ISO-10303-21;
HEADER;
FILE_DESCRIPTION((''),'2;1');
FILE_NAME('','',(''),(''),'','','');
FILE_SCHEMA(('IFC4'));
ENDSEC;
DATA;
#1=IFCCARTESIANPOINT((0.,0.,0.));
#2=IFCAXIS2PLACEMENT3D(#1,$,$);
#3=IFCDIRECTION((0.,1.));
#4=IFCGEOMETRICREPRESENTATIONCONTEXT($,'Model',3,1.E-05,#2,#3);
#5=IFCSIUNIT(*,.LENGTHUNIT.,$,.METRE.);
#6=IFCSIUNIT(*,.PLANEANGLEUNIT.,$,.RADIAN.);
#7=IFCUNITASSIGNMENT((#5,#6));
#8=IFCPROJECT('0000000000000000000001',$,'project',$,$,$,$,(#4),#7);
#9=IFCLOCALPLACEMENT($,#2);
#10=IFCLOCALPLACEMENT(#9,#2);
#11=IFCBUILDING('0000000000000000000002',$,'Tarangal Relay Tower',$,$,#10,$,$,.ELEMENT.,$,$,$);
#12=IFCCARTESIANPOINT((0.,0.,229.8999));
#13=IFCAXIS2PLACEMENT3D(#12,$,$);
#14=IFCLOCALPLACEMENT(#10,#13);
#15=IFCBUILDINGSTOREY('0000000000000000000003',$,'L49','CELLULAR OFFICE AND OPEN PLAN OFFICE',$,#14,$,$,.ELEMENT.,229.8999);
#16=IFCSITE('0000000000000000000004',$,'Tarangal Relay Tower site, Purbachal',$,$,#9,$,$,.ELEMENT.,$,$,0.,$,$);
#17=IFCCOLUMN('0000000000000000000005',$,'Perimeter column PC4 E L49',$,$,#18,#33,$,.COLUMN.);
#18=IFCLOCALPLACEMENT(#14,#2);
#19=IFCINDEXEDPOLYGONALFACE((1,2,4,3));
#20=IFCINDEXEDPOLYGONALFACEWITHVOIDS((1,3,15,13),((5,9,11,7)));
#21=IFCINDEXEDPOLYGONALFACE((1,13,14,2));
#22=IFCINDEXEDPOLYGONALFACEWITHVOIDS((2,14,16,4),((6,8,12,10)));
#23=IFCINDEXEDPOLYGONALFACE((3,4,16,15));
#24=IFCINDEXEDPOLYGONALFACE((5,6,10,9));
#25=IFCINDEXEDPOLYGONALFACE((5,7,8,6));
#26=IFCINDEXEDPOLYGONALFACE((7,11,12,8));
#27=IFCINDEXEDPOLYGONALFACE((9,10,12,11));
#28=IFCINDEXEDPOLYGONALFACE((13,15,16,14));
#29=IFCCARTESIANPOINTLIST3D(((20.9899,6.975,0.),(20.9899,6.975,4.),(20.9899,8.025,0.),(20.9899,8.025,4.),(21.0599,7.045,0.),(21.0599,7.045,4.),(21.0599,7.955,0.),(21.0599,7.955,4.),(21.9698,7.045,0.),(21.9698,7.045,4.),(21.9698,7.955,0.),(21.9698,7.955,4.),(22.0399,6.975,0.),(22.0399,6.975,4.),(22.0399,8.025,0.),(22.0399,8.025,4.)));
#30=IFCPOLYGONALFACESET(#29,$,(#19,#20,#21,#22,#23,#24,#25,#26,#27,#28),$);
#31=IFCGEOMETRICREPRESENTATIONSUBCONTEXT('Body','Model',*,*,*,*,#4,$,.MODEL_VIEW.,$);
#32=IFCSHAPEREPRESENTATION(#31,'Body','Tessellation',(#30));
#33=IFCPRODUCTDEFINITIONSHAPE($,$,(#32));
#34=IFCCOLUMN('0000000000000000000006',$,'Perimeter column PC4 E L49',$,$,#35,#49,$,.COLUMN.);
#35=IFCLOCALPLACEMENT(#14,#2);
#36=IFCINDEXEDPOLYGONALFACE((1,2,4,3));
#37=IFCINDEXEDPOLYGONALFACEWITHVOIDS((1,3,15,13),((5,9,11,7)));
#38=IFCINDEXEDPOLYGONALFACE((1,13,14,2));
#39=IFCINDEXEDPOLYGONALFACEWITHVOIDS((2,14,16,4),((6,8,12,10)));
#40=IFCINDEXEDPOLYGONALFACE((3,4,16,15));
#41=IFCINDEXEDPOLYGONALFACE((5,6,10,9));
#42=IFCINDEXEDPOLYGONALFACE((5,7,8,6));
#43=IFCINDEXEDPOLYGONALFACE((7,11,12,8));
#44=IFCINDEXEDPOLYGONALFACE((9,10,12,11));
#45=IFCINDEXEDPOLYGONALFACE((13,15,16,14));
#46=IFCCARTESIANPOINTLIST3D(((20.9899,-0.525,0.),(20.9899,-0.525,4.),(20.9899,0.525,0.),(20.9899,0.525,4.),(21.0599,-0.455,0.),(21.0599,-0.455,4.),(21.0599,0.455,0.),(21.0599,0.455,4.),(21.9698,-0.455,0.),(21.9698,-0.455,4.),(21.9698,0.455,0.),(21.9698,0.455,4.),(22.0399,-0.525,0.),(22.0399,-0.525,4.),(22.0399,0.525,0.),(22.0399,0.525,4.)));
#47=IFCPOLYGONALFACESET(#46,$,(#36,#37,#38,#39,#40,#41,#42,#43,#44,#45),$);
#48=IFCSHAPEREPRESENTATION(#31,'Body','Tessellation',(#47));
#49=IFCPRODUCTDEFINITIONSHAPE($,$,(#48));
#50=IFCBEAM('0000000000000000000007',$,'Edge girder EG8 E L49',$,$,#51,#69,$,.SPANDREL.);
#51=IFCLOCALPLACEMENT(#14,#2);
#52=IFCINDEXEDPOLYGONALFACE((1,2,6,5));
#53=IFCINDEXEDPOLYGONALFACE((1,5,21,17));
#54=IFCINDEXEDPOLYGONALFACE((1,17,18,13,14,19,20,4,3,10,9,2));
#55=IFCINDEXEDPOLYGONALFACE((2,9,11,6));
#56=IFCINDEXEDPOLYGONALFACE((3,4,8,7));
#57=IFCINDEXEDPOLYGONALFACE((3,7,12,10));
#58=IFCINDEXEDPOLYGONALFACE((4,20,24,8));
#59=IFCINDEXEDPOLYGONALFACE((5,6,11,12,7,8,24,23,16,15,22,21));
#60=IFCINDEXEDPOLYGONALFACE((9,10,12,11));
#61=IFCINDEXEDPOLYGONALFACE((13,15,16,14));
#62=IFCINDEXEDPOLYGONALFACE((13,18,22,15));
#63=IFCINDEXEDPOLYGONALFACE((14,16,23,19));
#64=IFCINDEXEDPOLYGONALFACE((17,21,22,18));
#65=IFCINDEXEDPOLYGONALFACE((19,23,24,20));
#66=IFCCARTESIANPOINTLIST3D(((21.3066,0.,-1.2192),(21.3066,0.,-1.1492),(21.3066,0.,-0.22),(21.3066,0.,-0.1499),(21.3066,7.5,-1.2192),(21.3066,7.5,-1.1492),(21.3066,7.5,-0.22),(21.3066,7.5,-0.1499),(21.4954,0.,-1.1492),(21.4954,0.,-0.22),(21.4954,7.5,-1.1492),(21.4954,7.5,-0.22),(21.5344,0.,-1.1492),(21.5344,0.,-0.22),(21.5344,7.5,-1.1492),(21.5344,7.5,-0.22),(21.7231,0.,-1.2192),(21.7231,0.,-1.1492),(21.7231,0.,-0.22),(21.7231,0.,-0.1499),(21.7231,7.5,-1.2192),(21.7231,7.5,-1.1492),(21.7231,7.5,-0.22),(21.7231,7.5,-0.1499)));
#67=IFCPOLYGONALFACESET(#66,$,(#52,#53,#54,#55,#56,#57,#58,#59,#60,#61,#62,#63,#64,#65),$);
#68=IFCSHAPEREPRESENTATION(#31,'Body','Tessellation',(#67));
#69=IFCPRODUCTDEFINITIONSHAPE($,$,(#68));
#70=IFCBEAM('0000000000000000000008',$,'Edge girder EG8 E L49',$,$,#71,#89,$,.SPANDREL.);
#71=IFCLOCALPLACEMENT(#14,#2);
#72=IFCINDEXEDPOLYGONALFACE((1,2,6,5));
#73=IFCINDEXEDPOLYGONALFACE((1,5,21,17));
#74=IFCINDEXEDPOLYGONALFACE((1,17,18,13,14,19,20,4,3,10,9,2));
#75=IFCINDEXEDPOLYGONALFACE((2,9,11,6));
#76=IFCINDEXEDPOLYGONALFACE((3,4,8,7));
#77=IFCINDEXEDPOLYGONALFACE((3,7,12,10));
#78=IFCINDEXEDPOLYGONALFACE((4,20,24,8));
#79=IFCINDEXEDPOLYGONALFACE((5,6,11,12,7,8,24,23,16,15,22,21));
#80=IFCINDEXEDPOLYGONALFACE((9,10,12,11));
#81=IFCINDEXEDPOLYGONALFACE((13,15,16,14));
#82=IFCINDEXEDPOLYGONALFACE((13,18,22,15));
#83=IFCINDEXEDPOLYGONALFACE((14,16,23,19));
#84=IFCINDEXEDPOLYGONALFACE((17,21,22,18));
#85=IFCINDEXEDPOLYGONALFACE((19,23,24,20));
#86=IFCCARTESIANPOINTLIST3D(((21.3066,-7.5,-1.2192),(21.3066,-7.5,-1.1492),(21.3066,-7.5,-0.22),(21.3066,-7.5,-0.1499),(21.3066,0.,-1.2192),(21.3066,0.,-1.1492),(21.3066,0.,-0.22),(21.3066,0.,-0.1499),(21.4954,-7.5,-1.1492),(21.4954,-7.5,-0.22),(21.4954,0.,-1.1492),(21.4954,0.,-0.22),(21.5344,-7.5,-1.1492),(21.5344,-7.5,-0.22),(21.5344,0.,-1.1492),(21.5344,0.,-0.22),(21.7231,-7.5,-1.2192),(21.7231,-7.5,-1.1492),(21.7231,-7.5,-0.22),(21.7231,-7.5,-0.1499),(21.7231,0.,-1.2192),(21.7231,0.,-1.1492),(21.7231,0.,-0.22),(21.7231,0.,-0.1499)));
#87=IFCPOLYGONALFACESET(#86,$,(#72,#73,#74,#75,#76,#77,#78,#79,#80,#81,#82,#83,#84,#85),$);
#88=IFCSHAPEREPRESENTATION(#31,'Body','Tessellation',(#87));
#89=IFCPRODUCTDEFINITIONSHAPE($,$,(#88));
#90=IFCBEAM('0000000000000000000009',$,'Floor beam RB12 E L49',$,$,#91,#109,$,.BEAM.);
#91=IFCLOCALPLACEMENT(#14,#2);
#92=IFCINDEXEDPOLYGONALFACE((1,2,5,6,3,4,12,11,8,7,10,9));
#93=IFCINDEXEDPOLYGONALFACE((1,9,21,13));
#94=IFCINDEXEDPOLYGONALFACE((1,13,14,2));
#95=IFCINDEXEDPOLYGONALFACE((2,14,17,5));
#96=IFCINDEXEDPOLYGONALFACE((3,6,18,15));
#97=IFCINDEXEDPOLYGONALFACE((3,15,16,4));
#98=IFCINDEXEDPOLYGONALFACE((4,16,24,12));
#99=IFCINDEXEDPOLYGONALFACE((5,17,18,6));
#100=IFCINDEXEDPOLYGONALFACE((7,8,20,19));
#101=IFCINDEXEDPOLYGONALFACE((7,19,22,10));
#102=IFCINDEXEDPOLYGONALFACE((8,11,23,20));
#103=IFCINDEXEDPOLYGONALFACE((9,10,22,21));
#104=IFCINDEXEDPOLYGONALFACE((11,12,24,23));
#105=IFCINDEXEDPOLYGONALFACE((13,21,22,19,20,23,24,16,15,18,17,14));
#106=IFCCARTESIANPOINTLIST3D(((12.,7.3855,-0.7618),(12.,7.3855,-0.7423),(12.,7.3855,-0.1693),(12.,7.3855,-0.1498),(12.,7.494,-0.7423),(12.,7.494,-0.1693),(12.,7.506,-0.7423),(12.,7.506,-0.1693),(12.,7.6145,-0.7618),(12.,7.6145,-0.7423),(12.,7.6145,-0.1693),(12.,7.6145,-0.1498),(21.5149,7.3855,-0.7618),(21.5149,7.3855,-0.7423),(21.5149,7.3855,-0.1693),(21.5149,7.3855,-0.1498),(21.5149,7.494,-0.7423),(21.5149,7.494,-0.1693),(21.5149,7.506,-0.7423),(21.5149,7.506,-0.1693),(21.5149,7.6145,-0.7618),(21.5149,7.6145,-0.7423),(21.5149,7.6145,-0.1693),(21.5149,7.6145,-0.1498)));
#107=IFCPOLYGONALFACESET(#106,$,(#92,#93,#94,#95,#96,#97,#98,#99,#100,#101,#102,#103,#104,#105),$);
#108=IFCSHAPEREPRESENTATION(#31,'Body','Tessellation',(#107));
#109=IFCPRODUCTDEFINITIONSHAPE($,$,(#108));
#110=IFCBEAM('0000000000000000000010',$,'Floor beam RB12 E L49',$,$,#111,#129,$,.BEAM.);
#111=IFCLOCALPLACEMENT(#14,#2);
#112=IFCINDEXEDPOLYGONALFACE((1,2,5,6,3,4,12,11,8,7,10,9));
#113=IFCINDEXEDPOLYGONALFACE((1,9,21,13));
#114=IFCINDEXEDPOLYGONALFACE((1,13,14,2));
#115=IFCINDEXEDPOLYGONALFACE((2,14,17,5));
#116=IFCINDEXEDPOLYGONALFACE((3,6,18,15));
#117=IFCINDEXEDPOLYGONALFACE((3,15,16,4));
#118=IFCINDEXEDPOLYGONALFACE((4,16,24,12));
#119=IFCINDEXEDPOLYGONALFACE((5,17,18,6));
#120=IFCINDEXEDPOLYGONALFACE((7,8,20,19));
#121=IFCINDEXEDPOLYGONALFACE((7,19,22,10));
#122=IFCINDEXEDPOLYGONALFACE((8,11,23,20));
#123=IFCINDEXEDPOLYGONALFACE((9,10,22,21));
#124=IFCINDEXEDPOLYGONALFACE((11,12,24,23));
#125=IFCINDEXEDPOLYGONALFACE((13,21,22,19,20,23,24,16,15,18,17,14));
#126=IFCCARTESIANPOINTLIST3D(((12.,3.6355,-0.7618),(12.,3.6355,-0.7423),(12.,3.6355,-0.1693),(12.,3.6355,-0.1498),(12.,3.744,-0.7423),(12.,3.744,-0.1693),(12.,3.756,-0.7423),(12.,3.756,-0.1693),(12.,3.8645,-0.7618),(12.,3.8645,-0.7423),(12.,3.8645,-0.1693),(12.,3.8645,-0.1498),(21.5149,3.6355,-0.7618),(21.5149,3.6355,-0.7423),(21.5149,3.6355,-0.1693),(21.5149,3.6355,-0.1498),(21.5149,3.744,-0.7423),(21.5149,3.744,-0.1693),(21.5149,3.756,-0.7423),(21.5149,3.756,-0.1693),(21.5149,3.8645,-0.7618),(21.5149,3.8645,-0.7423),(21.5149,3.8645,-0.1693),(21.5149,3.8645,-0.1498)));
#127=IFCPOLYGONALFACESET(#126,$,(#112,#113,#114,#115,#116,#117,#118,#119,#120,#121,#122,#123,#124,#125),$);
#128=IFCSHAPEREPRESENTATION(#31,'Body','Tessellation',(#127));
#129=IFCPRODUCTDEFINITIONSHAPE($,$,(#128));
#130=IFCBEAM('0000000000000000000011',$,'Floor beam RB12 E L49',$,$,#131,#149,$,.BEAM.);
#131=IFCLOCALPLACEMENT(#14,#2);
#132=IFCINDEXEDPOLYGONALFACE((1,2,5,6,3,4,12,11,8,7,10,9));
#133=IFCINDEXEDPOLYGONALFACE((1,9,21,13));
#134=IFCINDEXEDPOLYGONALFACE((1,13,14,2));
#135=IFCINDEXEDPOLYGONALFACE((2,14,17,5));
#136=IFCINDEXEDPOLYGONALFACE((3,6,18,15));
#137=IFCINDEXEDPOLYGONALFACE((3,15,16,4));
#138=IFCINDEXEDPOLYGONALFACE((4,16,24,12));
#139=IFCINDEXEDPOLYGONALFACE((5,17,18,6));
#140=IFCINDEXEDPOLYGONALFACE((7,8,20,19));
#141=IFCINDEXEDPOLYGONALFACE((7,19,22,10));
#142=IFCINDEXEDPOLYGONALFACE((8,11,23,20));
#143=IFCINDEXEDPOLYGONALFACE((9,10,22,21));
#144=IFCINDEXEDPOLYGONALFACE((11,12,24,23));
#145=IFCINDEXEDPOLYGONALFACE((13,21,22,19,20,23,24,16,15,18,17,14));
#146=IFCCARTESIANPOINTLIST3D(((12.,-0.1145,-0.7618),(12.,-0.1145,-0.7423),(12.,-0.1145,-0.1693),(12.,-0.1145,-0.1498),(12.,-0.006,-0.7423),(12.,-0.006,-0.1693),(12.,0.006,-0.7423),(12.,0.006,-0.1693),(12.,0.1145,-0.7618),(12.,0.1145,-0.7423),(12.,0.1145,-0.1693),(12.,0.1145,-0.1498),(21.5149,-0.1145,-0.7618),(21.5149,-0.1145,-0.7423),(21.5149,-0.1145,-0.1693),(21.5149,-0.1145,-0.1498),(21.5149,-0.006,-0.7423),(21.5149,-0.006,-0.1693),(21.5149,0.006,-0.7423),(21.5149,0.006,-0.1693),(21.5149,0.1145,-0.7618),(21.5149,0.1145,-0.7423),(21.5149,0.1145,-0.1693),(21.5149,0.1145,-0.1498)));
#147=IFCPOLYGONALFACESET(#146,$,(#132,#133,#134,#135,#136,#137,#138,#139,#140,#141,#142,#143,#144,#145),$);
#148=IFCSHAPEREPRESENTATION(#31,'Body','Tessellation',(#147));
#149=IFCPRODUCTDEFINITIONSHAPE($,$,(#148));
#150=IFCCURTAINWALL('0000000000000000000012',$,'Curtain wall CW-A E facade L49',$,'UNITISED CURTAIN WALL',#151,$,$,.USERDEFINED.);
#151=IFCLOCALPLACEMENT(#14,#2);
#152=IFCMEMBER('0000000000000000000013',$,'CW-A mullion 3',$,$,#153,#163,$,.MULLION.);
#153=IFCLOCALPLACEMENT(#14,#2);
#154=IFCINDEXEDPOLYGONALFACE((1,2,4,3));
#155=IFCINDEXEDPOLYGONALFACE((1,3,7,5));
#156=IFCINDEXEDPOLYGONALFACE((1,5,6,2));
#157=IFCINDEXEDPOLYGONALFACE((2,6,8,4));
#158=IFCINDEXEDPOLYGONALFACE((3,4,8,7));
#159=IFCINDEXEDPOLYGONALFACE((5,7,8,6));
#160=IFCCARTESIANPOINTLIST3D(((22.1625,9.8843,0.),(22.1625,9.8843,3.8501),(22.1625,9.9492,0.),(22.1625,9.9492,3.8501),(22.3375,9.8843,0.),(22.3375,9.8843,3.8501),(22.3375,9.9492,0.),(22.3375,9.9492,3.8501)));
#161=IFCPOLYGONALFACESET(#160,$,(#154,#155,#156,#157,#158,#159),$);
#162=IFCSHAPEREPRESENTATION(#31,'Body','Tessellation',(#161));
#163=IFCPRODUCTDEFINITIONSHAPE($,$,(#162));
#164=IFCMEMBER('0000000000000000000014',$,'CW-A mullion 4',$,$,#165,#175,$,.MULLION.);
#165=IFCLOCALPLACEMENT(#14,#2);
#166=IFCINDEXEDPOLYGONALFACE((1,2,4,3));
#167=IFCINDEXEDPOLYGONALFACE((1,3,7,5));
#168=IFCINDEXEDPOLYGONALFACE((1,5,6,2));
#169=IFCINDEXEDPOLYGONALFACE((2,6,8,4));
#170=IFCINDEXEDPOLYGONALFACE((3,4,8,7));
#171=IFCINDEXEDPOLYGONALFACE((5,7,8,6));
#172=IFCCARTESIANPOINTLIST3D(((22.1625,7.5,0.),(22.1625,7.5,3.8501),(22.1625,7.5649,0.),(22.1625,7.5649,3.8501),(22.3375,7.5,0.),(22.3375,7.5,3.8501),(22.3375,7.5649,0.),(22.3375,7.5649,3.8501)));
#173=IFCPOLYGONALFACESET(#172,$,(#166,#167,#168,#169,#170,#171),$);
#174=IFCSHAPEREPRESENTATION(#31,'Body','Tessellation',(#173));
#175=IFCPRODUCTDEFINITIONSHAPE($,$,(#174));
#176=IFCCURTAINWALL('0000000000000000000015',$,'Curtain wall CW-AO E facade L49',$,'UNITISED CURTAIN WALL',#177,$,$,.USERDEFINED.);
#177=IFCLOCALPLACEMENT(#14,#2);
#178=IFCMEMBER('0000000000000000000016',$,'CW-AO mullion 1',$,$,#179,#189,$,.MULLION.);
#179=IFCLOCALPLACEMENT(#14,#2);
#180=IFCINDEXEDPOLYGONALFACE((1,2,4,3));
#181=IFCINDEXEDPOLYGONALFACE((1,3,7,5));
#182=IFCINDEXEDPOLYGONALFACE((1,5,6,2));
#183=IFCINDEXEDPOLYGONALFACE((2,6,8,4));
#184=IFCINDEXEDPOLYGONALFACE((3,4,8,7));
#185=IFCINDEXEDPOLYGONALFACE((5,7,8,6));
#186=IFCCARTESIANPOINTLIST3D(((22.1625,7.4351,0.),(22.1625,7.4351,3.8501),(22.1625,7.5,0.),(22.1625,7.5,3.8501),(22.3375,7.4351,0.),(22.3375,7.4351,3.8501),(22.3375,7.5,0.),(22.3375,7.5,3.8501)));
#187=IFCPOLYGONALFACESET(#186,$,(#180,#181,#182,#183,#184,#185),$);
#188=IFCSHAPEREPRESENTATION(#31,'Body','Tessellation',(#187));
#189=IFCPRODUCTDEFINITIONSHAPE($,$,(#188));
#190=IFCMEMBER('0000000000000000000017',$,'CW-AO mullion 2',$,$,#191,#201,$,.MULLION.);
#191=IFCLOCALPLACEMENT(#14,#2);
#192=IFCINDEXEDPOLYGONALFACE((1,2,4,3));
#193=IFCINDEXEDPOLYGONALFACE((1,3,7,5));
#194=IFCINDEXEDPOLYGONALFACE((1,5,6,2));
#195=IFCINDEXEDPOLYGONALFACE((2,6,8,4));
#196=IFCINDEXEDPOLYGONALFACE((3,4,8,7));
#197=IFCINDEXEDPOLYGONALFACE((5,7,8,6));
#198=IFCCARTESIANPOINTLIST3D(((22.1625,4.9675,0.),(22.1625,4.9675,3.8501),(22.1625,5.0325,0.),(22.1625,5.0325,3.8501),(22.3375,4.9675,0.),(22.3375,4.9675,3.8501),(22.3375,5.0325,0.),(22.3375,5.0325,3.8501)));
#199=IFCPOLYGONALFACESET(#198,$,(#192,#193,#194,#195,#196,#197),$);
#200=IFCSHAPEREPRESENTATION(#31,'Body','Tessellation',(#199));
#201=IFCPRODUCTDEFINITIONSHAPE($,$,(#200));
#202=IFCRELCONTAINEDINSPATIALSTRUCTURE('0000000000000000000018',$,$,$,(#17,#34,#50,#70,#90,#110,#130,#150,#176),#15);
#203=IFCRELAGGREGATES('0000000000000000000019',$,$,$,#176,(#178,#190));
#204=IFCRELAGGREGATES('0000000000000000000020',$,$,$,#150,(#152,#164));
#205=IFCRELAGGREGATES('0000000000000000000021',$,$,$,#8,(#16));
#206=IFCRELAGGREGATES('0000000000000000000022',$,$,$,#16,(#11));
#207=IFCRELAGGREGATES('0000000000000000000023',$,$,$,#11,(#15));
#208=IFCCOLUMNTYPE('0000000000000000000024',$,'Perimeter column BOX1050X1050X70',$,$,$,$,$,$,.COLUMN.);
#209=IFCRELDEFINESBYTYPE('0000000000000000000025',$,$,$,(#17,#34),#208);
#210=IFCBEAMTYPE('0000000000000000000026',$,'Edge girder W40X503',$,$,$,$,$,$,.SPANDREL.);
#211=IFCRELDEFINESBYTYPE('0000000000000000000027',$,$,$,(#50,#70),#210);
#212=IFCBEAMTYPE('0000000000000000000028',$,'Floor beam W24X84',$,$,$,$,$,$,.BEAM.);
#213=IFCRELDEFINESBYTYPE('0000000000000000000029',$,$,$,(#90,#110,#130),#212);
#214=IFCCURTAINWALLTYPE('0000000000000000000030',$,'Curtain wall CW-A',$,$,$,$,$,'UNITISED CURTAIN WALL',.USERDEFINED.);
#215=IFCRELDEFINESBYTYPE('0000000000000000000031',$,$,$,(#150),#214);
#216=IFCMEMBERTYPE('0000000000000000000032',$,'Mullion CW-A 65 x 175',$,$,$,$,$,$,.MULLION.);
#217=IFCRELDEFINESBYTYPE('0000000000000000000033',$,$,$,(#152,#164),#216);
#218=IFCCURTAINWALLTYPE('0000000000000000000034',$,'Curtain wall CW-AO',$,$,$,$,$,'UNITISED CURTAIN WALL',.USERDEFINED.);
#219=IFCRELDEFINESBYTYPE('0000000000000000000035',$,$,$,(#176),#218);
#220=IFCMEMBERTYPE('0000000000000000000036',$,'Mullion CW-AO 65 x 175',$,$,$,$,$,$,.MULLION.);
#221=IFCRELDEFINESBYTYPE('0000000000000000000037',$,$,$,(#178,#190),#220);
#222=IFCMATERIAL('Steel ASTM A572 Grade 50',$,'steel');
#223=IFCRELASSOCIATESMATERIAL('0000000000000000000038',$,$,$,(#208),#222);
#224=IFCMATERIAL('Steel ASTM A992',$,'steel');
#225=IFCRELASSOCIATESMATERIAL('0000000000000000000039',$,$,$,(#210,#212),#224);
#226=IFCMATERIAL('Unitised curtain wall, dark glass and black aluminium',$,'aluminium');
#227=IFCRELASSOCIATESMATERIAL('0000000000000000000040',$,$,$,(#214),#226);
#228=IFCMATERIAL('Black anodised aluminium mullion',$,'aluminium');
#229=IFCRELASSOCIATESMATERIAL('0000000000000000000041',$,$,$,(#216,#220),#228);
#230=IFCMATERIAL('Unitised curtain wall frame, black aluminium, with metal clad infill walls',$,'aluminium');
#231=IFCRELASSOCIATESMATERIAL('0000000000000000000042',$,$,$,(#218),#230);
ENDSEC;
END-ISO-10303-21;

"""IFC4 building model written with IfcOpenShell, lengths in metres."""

from ifc_helpers import new_model, si_unit, direction, frame, origin, origin_2d, place, context, subcontext, project, spatial, rectangle, hollow_rectangle, i_section, extrude, material, material_profile, profile_set, type_object, element, aggregate, save


model = new_model("IFC4")

# Units and contexts
model_context = context("Model", 3, precision=1e-05, world=origin(), true_north=direction((0.0, 1.0)))
body_context = subcontext(model_context, "Body", "Model", "MODEL_VIEW")
ifc_project = project(units=[si_unit("LENGTHUNIT", "METRE"), si_unit("PLANEANGLEUNIT", "RADIAN")], contexts=[model_context])

# Site, building, storey
site_placement = place(None, origin())
site = spatial("IfcSite", under=ifc_project, at=site_placement, Name="Tarangal Relay Tower site, Purbachal", CompositionType="ELEMENT", RefElevation=0.0)
building_placement = place(site_placement, origin())
building = spatial("IfcBuilding", under=site, at=building_placement, Name="Tarangal Relay Tower", CompositionType="ELEMENT")
storey_placement = place(building_placement, frame((0.0, 0.0, 229.8999)))
storey = spatial("IfcBuildingStorey", under=building, at=storey_placement, Name="L49", Description="CELLULAR OFFICE AND OPEN PLAN OFFICE", CompositionType="ELEMENT", Elevation=229.8999)

# Columns
ifc_material_1 = material(Name="Steel ASTM A572 Grade 50", Category="steel")
ifc_material_profile_1 = material_profile(ifc_material_1, hollow_rectangle(XDim=1.05, YDim=1.05, WallThickness=0.0701, at=origin_2d()), Name="BOX1050X1050X70")
ifc_profile_set_1 = profile_set([ifc_material_profile_1], Name="Steel ASTM A572 Grade 50")
column_type = type_object("IfcColumnType", Name="Perimeter column BOX1050X1050X70", PredefinedType="COLUMN", material=ifc_profile_set_1)
for number, where, z_axis, x_axis, name in (
    (1, (21.5149, 7.5, 0.0), (0.0, 0.0, 1.0), (1.0, 0.0, 0.0), "Perimeter column PC4 E L49"),
    (2, (21.5149, 0.0, 0.0), (0.0, 0.0, 1.0), (1.0, 0.0, 0.0), "Perimeter column PC4 E L49"),
):
    element("IfcColumn", number, at=place(storey_placement, frame(where, z_axis=z_axis, x_axis=x_axis)), inside=storey, type_object=column_type, Name=name, PredefinedType="COLUMN", context=body_context, shape_type="SweptSolid", body=[
        extrude(hollow_rectangle(XDim=1.05, YDim=1.05, WallThickness=0.0701, at=origin_2d()), origin(), (0.0, 0.0, 1.0), 4.0),
    ])

# Beams
ifc_material_2 = material(Name="Steel ASTM A992", Category="steel")
ifc_material_profile_2 = material_profile(ifc_material_2, i_section(OverallWidth=0.4165, OverallDepth=1.0693, WebThickness=0.0391, FlangeThickness=0.0701, at=origin_2d()), Name="W40X503")
ifc_profile_set_2 = profile_set([ifc_material_profile_2], Name="Steel ASTM A992")
beam_type_1 = type_object("IfcBeamType", Name="Edge girder W40X503", PredefinedType="SPANDREL", material=ifc_profile_set_2)
for number, where, z_axis, x_axis, name in (
    (3, (21.5149, 7.5, -0.6846), (0.0, -1.0, 0.0), (1.0, 0.0, 0.0), "Edge girder EG8 E L49"),
    (4, (21.5149, 0.0, -0.6846), (0.0, -1.0, 0.0), (1.0, 0.0, 0.0), "Edge girder EG8 E L49"),
):
    element("IfcBeam", number, at=place(storey_placement, frame(where, z_axis=z_axis, x_axis=x_axis)), inside=storey, type_object=beam_type_1, Name=name, PredefinedType="SPANDREL", context=body_context, shape_type="SweptSolid", body=[
        extrude(i_section(OverallWidth=0.4165, OverallDepth=1.0693, WebThickness=0.0391, FlangeThickness=0.0701, at=origin_2d()), origin(), (0.0, 0.0, 1.0), 7.5),
    ])
ifc_material_profile_3 = material_profile(ifc_material_2, i_section(OverallWidth=0.229, OverallDepth=0.6121, WebThickness=0.012, FlangeThickness=0.0195, at=origin_2d()), Name="W24X84")
ifc_profile_set_3 = profile_set([ifc_material_profile_3], Name="Steel ASTM A992")
beam_type_2 = type_object("IfcBeamType", Name="Floor beam W24X84", PredefinedType="BEAM", material=ifc_profile_set_3)
for number, where, z_axis, x_axis, name in (
    (5, (12.0, 7.5, -0.4558), (1.0, 0.0, 0.0), (0.0, 1.0, 0.0), "Floor beam RB12 E L49"),
    (6, (12.0, 3.75, -0.4558), (1.0, 0.0, 0.0), (0.0, 1.0, 0.0), "Floor beam RB12 E L49"),
    (7, (12.0, 0.0, -0.4558), (1.0, 0.0, 0.0), (0.0, 1.0, 0.0), "Floor beam RB12 E L49"),
):
    element("IfcBeam", number, at=place(storey_placement, frame(where, z_axis=z_axis, x_axis=x_axis)), inside=storey, type_object=beam_type_2, Name=name, PredefinedType="BEAM", context=body_context, shape_type="SweptSolid", body=[
        extrude(i_section(OverallWidth=0.229, OverallDepth=0.6121, WebThickness=0.012, FlangeThickness=0.0195, at=origin_2d()), origin(), (0.0, 0.0, 1.0), 9.5149),
    ])

# Curtain walls, members
ifc_material_3 = material(Name="Unitised curtain wall, dark glass and black aluminium", Category="aluminium")
curtain_wall_type_1 = type_object("IfcCurtainWallType", Name="Curtain wall CW-A", ElementType="UNITISED CURTAIN WALL", PredefinedType="USERDEFINED", material=ifc_material_3)
curtain_wall_1_placement = place(storey_placement, origin())
curtain_wall_1 = element("IfcCurtainWall", 8, at=curtain_wall_1_placement, inside=storey, type_object=curtain_wall_type_1, Name="Curtain wall CW-A E facade L49", ObjectType="UNITISED CURTAIN WALL", PredefinedType="USERDEFINED")
ifc_material_4 = material(Name="Black anodised aluminium mullion", Category="aluminium")
ifc_material_profile_4 = material_profile(ifc_material_4, rectangle(XDim=0.175, YDim=0.0649, at=origin_2d()), Name="CW-AM 65X175")
ifc_profile_set_4 = profile_set([ifc_material_profile_4], Name="Black anodised aluminium mullion")
member_type_1 = type_object("IfcMemberType", Name="Mullion CW-A 65 x 175", PredefinedType="MULLION", material=ifc_profile_set_4)
member_1_placement = place(storey_placement, frame((22.25, 9.9167, 0.0), z_axis=(0.0, 0.0, 1.0), x_axis=(1.0, 0.0, 0.0)))
member_1 = element("IfcMember", 9, at=member_1_placement, type_object=member_type_1, Name="CW-A mullion 3", PredefinedType="MULLION", context=body_context, shape_type="SweptSolid", body=[
    extrude(rectangle(XDim=0.175, YDim=0.0649, at=origin_2d()), origin(), (0.0, 0.0, 1.0), 3.8501),
])
member_2_placement = place(storey_placement, frame((22.25, 7.5325, 0.0), z_axis=(0.0, 0.0, 1.0), x_axis=(1.0, 0.0, 0.0)))
member_2 = element("IfcMember", 10, at=member_2_placement, type_object=member_type_1, Name="CW-A mullion 4", PredefinedType="MULLION", context=body_context, shape_type="SweptSolid", body=[
    extrude(rectangle(XDim=0.175, YDim=0.0649, at=origin_2d()), origin(), (0.0, 0.0, 1.0), 3.8501),
])
ifc_material_5 = material(Name="Unitised curtain wall frame, black aluminium, with metal clad infill walls", Category="aluminium")
curtain_wall_type_2 = type_object("IfcCurtainWallType", Name="Curtain wall CW-AO", ElementType="UNITISED CURTAIN WALL", PredefinedType="USERDEFINED", material=ifc_material_5)
curtain_wall_2_placement = place(storey_placement, origin())
curtain_wall_2 = element("IfcCurtainWall", 11, at=curtain_wall_2_placement, inside=storey, type_object=curtain_wall_type_2, Name="Curtain wall CW-AO E facade L49", ObjectType="UNITISED CURTAIN WALL", PredefinedType="USERDEFINED")
ifc_material_profile_5 = material_profile(ifc_material_4, rectangle(XDim=0.175, YDim=0.0649, at=origin_2d()), Name="CW-AOM 65X175")
ifc_profile_set_5 = profile_set([ifc_material_profile_5], Name="Black anodised aluminium mullion")
member_type_2 = type_object("IfcMemberType", Name="Mullion CW-AO 65 x 175", PredefinedType="MULLION", material=ifc_profile_set_5)
member_3_placement = place(storey_placement, frame((22.25, 7.4675, 0.0), z_axis=(0.0, 0.0, 1.0), x_axis=(1.0, 0.0, 0.0)))
member_3 = element("IfcMember", 12, at=member_3_placement, type_object=member_type_2, Name="CW-AO mullion 1", PredefinedType="MULLION", context=body_context, shape_type="SweptSolid", body=[
    extrude(rectangle(XDim=0.175, YDim=0.0649, at=origin_2d()), origin(), (0.0, 0.0, 1.0), 3.8501),
])
member_4_placement = place(storey_placement, frame((22.25, 5.0, 0.0), z_axis=(0.0, 0.0, 1.0), x_axis=(1.0, 0.0, 0.0)))
member_4 = element("IfcMember", 13, at=member_4_placement, type_object=member_type_2, Name="CW-AO mullion 2", PredefinedType="MULLION", context=body_context, shape_type="SweptSolid", body=[
    extrude(rectangle(XDim=0.175, YDim=0.0649, at=origin_2d()), origin(), (0.0, 0.0, 1.0), 3.8501),
])

aggregate(curtain_wall_2, [member_3, member_4])

aggregate(curtain_wall_1, [member_1, member_2])

save(model, "model.ifc")
